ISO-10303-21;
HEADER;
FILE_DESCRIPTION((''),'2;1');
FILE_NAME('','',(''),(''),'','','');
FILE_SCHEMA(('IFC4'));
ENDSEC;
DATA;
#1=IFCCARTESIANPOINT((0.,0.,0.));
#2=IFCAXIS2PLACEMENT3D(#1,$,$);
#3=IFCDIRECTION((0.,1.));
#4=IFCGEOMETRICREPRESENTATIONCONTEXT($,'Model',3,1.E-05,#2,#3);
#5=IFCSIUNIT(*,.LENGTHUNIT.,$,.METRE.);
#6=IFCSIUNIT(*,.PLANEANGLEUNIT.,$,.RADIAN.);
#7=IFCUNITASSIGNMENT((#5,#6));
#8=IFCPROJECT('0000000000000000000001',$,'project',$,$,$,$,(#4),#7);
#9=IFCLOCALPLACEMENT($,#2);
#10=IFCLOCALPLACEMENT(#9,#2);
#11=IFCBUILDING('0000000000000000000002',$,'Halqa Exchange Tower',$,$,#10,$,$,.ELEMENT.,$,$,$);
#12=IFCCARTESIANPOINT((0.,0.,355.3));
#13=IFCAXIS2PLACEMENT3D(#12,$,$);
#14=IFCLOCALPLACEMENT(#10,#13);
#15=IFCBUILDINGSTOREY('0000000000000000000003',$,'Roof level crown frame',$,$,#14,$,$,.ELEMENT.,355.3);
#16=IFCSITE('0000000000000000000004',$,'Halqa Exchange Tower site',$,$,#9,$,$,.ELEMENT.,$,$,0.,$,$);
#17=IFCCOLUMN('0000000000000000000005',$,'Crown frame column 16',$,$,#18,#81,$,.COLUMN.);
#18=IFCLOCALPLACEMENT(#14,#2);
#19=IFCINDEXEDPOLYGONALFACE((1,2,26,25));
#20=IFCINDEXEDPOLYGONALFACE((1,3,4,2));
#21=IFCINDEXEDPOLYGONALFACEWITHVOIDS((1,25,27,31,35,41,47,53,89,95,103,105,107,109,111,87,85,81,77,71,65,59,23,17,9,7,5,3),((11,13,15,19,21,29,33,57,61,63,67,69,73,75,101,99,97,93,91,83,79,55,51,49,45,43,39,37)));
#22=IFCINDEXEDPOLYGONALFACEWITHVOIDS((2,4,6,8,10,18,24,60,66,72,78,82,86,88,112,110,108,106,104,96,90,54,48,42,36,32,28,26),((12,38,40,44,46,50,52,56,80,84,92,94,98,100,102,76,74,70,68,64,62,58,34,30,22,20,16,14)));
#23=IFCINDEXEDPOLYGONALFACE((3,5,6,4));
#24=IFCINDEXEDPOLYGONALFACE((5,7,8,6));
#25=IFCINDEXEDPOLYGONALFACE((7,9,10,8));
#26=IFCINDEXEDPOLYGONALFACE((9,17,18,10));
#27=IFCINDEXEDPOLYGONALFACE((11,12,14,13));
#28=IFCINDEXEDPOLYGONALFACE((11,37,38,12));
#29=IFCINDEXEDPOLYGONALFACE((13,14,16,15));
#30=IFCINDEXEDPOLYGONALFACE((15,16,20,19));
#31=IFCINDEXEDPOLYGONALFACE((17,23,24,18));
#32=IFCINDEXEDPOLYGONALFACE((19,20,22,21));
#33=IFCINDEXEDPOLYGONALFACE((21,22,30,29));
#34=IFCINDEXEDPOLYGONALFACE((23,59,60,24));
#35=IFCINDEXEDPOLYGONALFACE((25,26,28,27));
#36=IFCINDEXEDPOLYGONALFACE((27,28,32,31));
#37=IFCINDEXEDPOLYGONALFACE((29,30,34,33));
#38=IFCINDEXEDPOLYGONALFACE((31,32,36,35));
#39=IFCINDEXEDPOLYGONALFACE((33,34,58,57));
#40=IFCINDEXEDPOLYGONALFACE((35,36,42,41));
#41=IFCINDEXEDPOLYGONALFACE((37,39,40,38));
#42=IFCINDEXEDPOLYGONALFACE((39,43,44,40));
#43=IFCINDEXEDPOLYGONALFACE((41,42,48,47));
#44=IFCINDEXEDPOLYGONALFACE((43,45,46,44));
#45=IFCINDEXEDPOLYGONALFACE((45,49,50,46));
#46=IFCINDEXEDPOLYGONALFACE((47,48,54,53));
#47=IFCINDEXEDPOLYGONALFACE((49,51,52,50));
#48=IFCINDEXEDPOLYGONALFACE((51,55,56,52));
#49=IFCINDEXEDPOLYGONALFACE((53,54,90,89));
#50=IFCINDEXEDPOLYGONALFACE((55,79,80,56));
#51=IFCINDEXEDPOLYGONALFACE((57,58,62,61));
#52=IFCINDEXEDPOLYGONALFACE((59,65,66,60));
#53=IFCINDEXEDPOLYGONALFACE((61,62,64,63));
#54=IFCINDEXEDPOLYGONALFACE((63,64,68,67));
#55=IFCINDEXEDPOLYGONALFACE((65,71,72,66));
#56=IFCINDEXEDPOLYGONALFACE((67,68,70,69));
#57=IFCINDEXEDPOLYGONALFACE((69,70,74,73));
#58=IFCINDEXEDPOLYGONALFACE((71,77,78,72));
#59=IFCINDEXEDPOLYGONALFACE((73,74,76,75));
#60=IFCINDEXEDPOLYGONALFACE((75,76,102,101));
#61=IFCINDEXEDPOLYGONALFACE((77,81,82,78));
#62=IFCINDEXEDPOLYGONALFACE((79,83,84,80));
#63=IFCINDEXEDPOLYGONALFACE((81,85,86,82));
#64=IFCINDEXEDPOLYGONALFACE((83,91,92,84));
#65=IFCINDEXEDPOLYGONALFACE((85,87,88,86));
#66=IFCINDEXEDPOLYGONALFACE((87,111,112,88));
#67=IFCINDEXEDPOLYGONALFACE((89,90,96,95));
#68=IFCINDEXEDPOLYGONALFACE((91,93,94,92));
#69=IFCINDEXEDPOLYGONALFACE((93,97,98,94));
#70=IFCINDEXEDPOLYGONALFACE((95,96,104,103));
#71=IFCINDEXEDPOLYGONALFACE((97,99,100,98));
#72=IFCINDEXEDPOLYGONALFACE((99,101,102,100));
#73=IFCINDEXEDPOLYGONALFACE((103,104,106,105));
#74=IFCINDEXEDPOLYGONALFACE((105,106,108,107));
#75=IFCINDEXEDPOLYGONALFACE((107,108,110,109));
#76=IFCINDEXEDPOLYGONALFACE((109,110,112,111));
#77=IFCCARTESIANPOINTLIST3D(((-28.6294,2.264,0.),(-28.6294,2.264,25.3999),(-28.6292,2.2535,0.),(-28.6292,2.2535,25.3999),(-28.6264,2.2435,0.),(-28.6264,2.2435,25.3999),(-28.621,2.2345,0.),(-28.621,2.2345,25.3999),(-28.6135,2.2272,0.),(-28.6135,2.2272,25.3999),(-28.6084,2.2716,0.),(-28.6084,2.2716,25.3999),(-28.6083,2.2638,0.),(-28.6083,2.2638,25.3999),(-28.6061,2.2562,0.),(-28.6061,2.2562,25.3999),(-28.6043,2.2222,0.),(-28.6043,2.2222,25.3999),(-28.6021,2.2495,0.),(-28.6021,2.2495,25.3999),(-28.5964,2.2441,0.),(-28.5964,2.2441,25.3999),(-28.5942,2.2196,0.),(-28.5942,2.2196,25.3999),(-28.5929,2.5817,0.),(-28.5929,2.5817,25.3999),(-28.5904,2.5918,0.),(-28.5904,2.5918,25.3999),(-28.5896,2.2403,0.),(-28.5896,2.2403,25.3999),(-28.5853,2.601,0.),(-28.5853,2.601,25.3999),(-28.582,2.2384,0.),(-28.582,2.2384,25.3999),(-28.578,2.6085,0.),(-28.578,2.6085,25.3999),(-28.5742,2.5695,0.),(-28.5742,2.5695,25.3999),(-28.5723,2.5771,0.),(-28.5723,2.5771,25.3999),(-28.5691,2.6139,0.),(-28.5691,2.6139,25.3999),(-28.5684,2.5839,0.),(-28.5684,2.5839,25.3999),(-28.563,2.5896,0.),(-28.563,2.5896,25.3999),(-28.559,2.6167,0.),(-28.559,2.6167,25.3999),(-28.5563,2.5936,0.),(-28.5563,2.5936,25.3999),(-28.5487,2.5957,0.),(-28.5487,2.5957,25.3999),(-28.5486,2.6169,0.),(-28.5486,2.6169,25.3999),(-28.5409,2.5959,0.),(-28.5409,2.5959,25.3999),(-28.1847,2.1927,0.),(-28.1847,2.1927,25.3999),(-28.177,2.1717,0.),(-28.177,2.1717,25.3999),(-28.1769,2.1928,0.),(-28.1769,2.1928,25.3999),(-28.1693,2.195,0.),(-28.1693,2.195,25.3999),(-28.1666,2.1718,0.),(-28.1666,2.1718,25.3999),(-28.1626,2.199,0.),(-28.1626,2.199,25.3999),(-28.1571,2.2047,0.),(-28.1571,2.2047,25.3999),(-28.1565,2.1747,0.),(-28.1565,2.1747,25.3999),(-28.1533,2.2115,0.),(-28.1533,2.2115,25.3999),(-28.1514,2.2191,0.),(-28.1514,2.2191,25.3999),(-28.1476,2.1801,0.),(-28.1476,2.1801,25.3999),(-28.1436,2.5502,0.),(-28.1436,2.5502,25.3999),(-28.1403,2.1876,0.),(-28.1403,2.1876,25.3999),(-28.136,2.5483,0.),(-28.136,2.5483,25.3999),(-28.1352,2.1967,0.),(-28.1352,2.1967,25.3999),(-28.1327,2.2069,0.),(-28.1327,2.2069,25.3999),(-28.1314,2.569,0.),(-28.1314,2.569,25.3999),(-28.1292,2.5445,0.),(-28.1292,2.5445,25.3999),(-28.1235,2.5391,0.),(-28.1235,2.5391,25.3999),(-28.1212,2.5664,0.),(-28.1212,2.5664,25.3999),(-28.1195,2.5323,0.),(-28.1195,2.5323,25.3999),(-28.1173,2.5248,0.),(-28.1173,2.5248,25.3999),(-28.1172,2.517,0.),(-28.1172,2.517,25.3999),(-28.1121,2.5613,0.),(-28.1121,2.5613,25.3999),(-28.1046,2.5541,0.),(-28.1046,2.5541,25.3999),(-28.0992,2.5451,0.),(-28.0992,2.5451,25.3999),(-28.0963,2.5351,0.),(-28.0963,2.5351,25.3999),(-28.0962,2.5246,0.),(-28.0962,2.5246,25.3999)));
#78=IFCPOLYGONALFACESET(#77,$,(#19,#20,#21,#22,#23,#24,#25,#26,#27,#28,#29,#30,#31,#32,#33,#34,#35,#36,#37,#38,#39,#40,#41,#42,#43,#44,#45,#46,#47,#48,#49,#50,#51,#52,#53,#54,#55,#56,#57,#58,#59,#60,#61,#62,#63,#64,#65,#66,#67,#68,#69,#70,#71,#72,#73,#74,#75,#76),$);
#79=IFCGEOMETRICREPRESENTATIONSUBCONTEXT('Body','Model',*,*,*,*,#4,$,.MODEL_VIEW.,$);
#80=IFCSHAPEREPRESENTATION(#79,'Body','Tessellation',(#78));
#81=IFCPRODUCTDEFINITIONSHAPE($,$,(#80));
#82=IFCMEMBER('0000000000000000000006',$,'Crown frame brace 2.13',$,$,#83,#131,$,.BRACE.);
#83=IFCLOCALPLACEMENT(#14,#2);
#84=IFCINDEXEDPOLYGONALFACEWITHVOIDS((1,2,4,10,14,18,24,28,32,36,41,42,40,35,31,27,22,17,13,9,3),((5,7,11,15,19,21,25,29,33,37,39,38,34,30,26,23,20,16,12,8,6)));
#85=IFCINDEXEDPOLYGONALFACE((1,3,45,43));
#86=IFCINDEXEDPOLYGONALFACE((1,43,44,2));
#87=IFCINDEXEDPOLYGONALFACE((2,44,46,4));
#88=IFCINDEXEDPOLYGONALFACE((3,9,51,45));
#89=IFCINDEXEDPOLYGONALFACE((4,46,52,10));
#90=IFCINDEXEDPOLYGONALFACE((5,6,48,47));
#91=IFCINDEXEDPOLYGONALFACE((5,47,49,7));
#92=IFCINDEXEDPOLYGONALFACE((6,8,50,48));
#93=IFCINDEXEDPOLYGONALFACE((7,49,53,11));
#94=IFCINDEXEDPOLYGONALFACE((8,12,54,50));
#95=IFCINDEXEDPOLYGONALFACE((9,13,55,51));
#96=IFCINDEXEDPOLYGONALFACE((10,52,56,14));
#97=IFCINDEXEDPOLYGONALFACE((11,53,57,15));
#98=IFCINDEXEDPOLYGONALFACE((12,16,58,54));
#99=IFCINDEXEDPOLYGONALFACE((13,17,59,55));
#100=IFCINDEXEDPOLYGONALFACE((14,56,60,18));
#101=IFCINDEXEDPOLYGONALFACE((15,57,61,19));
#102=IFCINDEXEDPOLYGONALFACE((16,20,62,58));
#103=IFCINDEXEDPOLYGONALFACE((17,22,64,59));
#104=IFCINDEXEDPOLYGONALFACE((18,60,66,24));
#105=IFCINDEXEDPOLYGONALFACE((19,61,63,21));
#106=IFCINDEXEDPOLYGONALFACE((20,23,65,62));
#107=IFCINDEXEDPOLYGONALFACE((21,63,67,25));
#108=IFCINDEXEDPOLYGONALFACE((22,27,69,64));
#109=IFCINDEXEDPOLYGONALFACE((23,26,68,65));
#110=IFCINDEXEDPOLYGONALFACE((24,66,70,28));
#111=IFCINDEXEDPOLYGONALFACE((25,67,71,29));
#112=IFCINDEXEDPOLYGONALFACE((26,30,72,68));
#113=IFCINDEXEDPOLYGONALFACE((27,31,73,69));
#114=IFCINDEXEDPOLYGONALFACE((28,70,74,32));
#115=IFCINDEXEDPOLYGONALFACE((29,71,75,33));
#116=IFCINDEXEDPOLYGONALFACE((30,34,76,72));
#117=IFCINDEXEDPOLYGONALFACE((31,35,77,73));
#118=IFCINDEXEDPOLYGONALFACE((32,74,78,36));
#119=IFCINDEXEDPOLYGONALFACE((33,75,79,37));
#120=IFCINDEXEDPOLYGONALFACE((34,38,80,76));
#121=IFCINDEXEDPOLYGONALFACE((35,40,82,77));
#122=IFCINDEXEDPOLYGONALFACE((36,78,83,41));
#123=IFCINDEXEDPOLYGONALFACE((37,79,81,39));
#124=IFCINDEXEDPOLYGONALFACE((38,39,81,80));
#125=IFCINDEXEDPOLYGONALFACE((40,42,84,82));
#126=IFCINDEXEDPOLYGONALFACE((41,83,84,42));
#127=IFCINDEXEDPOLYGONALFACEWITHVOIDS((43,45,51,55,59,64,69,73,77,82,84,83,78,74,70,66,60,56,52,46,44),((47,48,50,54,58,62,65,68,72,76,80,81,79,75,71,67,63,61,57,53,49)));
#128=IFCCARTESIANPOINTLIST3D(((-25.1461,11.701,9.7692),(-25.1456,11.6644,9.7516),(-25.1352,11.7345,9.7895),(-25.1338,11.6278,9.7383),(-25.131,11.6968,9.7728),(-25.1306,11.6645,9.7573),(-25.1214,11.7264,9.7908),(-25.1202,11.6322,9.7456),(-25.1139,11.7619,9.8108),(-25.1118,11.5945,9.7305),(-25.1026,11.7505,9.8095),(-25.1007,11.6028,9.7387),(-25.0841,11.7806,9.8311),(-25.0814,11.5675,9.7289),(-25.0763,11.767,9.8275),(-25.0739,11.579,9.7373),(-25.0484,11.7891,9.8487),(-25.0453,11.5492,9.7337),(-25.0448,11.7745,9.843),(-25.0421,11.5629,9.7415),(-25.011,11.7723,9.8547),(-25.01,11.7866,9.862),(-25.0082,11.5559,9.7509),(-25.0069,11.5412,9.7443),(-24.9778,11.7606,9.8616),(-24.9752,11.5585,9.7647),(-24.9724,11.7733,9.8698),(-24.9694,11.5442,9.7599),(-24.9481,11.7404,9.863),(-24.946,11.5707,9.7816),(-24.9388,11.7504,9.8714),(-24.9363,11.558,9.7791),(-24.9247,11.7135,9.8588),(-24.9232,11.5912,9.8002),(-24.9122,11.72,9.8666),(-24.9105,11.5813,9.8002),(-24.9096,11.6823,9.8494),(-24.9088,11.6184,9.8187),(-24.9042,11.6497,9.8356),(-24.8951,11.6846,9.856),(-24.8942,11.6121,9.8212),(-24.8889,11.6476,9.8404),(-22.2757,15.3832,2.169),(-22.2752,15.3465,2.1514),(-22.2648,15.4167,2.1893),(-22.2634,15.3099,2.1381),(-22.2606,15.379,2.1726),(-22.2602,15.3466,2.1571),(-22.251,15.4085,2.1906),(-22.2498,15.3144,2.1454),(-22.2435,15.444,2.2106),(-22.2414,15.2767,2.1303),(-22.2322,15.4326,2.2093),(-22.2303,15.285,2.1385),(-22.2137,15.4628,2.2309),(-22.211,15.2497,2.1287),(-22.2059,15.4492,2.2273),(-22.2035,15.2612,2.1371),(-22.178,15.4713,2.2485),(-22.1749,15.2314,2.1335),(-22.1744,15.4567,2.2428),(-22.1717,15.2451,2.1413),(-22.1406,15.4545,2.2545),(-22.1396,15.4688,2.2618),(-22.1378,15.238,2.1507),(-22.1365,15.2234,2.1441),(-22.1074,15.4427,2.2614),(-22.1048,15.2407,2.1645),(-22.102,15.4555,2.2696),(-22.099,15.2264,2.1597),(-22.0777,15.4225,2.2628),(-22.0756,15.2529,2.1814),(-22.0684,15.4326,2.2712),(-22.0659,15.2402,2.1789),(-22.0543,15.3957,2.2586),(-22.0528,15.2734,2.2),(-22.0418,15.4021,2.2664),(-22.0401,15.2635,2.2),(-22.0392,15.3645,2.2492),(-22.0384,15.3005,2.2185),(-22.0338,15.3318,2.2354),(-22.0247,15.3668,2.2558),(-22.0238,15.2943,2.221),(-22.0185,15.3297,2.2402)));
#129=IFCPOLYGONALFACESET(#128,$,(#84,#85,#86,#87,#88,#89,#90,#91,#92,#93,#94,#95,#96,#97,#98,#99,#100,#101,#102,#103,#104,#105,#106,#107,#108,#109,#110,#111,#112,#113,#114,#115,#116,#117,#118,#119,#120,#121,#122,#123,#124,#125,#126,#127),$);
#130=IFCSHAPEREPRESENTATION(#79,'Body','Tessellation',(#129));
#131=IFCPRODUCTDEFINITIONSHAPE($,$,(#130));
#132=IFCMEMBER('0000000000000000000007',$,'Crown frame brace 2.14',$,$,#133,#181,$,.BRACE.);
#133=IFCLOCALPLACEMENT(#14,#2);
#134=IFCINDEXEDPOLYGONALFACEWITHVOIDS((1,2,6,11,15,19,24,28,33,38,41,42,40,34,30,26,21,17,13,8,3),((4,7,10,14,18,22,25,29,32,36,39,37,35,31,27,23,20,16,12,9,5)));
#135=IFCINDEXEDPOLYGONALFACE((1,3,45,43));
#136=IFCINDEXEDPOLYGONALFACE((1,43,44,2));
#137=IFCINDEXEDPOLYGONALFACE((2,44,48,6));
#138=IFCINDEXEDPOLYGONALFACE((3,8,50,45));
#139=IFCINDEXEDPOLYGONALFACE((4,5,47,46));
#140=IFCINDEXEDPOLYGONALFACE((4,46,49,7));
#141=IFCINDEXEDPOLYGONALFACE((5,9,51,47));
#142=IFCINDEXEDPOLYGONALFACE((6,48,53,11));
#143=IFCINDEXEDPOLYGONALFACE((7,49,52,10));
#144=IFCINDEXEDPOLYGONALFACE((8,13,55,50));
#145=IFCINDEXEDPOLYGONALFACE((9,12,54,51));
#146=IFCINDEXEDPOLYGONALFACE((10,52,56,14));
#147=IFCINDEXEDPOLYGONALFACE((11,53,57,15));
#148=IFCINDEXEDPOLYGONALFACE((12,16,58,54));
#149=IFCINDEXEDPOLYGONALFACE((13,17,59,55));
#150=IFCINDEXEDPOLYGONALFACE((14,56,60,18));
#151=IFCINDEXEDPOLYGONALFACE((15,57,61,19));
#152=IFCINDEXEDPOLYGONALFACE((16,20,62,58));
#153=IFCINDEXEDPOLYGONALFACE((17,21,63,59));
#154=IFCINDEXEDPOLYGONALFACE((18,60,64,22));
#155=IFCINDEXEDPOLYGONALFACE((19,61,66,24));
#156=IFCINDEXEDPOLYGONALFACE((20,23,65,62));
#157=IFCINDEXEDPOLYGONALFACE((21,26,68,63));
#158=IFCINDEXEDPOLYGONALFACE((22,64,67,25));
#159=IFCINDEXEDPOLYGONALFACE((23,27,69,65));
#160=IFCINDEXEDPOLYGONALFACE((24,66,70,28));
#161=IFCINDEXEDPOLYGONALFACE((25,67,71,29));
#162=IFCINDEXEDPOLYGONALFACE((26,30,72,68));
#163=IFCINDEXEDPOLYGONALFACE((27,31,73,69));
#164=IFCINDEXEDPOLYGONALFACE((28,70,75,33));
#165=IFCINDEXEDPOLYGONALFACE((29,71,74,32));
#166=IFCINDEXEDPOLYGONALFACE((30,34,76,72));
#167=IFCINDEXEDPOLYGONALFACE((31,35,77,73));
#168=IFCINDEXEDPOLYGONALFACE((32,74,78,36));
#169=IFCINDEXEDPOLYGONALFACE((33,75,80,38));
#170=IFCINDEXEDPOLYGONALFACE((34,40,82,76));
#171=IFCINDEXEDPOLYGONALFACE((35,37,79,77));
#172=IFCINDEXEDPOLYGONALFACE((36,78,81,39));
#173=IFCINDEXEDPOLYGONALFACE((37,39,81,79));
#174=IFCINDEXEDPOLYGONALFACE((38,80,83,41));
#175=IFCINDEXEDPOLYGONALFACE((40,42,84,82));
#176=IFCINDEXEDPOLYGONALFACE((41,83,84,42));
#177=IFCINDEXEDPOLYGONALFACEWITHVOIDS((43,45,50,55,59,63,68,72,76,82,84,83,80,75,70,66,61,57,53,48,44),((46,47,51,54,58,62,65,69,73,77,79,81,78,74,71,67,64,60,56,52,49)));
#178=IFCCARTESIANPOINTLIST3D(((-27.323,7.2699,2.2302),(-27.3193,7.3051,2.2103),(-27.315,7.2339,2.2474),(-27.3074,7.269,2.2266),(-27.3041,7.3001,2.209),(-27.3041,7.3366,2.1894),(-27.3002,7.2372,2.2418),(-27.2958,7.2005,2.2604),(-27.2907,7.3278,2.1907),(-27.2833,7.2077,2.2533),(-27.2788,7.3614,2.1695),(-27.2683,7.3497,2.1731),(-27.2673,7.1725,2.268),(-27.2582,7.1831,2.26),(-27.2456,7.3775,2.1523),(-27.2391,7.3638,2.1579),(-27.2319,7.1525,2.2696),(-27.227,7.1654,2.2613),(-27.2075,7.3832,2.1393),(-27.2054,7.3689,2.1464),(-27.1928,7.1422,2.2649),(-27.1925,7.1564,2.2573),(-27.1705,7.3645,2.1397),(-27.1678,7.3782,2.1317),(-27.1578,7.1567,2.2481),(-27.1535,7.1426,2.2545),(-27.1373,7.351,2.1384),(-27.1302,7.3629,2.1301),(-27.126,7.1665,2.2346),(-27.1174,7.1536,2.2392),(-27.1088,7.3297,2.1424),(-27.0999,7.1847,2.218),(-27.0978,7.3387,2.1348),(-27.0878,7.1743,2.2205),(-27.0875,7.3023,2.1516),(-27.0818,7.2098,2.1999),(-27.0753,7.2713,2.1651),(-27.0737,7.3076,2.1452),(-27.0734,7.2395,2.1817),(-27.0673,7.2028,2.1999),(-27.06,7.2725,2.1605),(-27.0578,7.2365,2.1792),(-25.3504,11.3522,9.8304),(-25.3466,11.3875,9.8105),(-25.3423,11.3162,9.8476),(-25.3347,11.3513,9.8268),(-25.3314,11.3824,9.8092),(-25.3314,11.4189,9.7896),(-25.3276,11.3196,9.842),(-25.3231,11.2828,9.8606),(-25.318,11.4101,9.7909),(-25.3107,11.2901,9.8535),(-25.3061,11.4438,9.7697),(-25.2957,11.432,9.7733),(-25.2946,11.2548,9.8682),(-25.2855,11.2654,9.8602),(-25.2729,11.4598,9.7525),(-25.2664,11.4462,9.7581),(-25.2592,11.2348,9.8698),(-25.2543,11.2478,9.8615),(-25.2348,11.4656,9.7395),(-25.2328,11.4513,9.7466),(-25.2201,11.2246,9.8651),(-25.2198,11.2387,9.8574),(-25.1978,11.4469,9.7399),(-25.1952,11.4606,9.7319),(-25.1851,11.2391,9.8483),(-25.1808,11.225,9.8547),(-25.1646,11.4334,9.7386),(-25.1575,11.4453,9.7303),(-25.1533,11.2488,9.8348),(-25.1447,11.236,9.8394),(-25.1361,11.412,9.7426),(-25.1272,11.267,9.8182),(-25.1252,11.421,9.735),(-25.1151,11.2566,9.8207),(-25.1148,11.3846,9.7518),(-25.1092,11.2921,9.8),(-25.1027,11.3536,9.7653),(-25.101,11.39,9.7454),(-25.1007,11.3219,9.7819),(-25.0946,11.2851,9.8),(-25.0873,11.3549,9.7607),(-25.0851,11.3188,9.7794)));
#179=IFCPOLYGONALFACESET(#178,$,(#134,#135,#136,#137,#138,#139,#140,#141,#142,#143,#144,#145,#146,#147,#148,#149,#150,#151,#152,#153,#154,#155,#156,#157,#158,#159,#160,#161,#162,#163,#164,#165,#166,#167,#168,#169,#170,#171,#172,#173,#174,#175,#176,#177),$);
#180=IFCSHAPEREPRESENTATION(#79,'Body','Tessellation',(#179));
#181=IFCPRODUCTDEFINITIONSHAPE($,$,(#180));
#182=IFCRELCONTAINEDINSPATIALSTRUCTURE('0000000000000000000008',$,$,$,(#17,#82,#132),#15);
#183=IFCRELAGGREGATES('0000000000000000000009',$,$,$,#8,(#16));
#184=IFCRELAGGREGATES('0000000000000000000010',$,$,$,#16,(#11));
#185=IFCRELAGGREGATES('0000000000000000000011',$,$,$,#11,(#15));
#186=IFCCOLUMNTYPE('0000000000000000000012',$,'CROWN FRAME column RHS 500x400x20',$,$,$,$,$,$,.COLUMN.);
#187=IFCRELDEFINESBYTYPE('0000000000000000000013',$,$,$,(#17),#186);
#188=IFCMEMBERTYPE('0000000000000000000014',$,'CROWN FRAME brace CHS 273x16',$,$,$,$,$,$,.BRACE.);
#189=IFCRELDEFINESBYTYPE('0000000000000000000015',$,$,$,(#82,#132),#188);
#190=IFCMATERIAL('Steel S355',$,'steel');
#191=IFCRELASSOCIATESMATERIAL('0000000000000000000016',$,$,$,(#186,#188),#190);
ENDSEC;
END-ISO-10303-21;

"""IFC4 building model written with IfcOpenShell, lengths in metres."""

from ifc_helpers import new_model, si_unit, direction, frame, origin, origin_2d, place, context, subcontext, project, spatial, hollow_rectangle, hollow_circle, extrude, material, material_profile, profile_set, type_object, element, save


model = new_model("IFC4")

# Units and contexts
model_context = context("Model", 3, precision=1e-05, world=origin(), true_north=direction((0.0, 1.0)))
body_context = subcontext(model_context, "Body", "Model", "MODEL_VIEW")
ifc_project = project(units=[si_unit("LENGTHUNIT", "METRE"), si_unit("PLANEANGLEUNIT", "RADIAN")], contexts=[model_context])

# Site, building, storey
site_placement = place(None, origin())
site = spatial("IfcSite", under=ifc_project, at=site_placement, Name="Halqa Exchange Tower site", CompositionType="ELEMENT", RefElevation=0.0)
building_placement = place(site_placement, origin())
building = spatial("IfcBuilding", under=site, at=building_placement, Name="Halqa Exchange Tower", CompositionType="ELEMENT")
storey_placement = place(building_placement, frame((0.0, 0.0, 355.3)))
storey = spatial("IfcBuildingStorey", under=building, at=storey_placement, Name="Roof level crown frame", CompositionType="ELEMENT", Elevation=355.3)

# Column
ifc_material_1 = material(Name="Steel S355", Category="steel")
ifc_material_profile_1 = material_profile(ifc_material_1, hollow_rectangle(XDim=0.3999, YDim=0.5, WallThickness=0.02, InnerFilletRadius=0.03, OuterFilletRadius=0.04, at=origin_2d()), Name="RHS 500x400x20")
ifc_profile_set_1 = profile_set([ifc_material_profile_1], Name="Steel S355")
column_type = type_object("IfcColumnType", Name="CROWN FRAME column RHS 500x400x20", PredefinedType="COLUMN", material=ifc_profile_set_1)
for number, where, z_axis, x_axis, name in (
    (1, (-28.3628, 2.3943, 0.0), (0.0, 0.0, 1.0), (-0.11416, -0.993462, 0.0), "Crown frame column 16"),
):
    element("IfcColumn", number, at=place(storey_placement, frame(where, z_axis=z_axis, x_axis=x_axis)), inside=storey, type_object=column_type, Name=name, PredefinedType="COLUMN", context=body_context, shape_type="SweptSolid", body=[
        extrude(hollow_rectangle(XDim=0.3999, YDim=0.5, WallThickness=0.02, InnerFilletRadius=0.03, OuterFilletRadius=0.04, at=origin_2d()), origin(), (0.0, 0.0, 1.0), 25.3999),
    ])

# Members
ifc_material_profile_2 = material_profile(ifc_material_1, hollow_circle(Radius=0.1365, WallThickness=0.0161, at=origin_2d()), Name="CHS 273x16")
ifc_profile_set_2 = profile_set([ifc_material_profile_2], Name="Steel S355")
member_type = type_object("IfcMemberType", Name="CROWN FRAME brace CHS 273x16", PredefinedType="BRACE", material=ifc_profile_set_2)
member_1_placement = place(storey_placement, frame((-22.1477, 15.3474, 2.2), z_axis=(-0.321805, -0.412815, 0.852071), x_axis=(0.788679, -0.614805, 0.0)))
element("IfcMember", 2, at=member_1_placement, inside=storey, type_object=member_type, Name="Crown frame brace 2.13", PredefinedType="BRACE", context=body_context, shape_type="SweptSolid", body=[
    extrude(hollow_circle(Radius=0.1365, WallThickness=0.0161, at=origin_2d()), origin(), (0.0, 0.0, 1.0), 8.9197),
])
member_2_placement = place(storey_placement, frame((-25.2175, 11.3445, 9.8), z_axis=(-0.222906, -0.461288, -0.858794), x_axis=(0.900387, -0.435089, 0.0)))
element("IfcMember", 3, at=member_2_placement, inside=storey, type_object=member_type, Name="Crown frame brace 2.14", PredefinedType="BRACE", context=body_context, shape_type="SweptSolid", body=[
    extrude(hollow_circle(Radius=0.1365, WallThickness=0.0161, at=origin_2d()), origin(), (0.0, 0.0, 1.0), 8.8499),
])

save(model, "model.ifc")
